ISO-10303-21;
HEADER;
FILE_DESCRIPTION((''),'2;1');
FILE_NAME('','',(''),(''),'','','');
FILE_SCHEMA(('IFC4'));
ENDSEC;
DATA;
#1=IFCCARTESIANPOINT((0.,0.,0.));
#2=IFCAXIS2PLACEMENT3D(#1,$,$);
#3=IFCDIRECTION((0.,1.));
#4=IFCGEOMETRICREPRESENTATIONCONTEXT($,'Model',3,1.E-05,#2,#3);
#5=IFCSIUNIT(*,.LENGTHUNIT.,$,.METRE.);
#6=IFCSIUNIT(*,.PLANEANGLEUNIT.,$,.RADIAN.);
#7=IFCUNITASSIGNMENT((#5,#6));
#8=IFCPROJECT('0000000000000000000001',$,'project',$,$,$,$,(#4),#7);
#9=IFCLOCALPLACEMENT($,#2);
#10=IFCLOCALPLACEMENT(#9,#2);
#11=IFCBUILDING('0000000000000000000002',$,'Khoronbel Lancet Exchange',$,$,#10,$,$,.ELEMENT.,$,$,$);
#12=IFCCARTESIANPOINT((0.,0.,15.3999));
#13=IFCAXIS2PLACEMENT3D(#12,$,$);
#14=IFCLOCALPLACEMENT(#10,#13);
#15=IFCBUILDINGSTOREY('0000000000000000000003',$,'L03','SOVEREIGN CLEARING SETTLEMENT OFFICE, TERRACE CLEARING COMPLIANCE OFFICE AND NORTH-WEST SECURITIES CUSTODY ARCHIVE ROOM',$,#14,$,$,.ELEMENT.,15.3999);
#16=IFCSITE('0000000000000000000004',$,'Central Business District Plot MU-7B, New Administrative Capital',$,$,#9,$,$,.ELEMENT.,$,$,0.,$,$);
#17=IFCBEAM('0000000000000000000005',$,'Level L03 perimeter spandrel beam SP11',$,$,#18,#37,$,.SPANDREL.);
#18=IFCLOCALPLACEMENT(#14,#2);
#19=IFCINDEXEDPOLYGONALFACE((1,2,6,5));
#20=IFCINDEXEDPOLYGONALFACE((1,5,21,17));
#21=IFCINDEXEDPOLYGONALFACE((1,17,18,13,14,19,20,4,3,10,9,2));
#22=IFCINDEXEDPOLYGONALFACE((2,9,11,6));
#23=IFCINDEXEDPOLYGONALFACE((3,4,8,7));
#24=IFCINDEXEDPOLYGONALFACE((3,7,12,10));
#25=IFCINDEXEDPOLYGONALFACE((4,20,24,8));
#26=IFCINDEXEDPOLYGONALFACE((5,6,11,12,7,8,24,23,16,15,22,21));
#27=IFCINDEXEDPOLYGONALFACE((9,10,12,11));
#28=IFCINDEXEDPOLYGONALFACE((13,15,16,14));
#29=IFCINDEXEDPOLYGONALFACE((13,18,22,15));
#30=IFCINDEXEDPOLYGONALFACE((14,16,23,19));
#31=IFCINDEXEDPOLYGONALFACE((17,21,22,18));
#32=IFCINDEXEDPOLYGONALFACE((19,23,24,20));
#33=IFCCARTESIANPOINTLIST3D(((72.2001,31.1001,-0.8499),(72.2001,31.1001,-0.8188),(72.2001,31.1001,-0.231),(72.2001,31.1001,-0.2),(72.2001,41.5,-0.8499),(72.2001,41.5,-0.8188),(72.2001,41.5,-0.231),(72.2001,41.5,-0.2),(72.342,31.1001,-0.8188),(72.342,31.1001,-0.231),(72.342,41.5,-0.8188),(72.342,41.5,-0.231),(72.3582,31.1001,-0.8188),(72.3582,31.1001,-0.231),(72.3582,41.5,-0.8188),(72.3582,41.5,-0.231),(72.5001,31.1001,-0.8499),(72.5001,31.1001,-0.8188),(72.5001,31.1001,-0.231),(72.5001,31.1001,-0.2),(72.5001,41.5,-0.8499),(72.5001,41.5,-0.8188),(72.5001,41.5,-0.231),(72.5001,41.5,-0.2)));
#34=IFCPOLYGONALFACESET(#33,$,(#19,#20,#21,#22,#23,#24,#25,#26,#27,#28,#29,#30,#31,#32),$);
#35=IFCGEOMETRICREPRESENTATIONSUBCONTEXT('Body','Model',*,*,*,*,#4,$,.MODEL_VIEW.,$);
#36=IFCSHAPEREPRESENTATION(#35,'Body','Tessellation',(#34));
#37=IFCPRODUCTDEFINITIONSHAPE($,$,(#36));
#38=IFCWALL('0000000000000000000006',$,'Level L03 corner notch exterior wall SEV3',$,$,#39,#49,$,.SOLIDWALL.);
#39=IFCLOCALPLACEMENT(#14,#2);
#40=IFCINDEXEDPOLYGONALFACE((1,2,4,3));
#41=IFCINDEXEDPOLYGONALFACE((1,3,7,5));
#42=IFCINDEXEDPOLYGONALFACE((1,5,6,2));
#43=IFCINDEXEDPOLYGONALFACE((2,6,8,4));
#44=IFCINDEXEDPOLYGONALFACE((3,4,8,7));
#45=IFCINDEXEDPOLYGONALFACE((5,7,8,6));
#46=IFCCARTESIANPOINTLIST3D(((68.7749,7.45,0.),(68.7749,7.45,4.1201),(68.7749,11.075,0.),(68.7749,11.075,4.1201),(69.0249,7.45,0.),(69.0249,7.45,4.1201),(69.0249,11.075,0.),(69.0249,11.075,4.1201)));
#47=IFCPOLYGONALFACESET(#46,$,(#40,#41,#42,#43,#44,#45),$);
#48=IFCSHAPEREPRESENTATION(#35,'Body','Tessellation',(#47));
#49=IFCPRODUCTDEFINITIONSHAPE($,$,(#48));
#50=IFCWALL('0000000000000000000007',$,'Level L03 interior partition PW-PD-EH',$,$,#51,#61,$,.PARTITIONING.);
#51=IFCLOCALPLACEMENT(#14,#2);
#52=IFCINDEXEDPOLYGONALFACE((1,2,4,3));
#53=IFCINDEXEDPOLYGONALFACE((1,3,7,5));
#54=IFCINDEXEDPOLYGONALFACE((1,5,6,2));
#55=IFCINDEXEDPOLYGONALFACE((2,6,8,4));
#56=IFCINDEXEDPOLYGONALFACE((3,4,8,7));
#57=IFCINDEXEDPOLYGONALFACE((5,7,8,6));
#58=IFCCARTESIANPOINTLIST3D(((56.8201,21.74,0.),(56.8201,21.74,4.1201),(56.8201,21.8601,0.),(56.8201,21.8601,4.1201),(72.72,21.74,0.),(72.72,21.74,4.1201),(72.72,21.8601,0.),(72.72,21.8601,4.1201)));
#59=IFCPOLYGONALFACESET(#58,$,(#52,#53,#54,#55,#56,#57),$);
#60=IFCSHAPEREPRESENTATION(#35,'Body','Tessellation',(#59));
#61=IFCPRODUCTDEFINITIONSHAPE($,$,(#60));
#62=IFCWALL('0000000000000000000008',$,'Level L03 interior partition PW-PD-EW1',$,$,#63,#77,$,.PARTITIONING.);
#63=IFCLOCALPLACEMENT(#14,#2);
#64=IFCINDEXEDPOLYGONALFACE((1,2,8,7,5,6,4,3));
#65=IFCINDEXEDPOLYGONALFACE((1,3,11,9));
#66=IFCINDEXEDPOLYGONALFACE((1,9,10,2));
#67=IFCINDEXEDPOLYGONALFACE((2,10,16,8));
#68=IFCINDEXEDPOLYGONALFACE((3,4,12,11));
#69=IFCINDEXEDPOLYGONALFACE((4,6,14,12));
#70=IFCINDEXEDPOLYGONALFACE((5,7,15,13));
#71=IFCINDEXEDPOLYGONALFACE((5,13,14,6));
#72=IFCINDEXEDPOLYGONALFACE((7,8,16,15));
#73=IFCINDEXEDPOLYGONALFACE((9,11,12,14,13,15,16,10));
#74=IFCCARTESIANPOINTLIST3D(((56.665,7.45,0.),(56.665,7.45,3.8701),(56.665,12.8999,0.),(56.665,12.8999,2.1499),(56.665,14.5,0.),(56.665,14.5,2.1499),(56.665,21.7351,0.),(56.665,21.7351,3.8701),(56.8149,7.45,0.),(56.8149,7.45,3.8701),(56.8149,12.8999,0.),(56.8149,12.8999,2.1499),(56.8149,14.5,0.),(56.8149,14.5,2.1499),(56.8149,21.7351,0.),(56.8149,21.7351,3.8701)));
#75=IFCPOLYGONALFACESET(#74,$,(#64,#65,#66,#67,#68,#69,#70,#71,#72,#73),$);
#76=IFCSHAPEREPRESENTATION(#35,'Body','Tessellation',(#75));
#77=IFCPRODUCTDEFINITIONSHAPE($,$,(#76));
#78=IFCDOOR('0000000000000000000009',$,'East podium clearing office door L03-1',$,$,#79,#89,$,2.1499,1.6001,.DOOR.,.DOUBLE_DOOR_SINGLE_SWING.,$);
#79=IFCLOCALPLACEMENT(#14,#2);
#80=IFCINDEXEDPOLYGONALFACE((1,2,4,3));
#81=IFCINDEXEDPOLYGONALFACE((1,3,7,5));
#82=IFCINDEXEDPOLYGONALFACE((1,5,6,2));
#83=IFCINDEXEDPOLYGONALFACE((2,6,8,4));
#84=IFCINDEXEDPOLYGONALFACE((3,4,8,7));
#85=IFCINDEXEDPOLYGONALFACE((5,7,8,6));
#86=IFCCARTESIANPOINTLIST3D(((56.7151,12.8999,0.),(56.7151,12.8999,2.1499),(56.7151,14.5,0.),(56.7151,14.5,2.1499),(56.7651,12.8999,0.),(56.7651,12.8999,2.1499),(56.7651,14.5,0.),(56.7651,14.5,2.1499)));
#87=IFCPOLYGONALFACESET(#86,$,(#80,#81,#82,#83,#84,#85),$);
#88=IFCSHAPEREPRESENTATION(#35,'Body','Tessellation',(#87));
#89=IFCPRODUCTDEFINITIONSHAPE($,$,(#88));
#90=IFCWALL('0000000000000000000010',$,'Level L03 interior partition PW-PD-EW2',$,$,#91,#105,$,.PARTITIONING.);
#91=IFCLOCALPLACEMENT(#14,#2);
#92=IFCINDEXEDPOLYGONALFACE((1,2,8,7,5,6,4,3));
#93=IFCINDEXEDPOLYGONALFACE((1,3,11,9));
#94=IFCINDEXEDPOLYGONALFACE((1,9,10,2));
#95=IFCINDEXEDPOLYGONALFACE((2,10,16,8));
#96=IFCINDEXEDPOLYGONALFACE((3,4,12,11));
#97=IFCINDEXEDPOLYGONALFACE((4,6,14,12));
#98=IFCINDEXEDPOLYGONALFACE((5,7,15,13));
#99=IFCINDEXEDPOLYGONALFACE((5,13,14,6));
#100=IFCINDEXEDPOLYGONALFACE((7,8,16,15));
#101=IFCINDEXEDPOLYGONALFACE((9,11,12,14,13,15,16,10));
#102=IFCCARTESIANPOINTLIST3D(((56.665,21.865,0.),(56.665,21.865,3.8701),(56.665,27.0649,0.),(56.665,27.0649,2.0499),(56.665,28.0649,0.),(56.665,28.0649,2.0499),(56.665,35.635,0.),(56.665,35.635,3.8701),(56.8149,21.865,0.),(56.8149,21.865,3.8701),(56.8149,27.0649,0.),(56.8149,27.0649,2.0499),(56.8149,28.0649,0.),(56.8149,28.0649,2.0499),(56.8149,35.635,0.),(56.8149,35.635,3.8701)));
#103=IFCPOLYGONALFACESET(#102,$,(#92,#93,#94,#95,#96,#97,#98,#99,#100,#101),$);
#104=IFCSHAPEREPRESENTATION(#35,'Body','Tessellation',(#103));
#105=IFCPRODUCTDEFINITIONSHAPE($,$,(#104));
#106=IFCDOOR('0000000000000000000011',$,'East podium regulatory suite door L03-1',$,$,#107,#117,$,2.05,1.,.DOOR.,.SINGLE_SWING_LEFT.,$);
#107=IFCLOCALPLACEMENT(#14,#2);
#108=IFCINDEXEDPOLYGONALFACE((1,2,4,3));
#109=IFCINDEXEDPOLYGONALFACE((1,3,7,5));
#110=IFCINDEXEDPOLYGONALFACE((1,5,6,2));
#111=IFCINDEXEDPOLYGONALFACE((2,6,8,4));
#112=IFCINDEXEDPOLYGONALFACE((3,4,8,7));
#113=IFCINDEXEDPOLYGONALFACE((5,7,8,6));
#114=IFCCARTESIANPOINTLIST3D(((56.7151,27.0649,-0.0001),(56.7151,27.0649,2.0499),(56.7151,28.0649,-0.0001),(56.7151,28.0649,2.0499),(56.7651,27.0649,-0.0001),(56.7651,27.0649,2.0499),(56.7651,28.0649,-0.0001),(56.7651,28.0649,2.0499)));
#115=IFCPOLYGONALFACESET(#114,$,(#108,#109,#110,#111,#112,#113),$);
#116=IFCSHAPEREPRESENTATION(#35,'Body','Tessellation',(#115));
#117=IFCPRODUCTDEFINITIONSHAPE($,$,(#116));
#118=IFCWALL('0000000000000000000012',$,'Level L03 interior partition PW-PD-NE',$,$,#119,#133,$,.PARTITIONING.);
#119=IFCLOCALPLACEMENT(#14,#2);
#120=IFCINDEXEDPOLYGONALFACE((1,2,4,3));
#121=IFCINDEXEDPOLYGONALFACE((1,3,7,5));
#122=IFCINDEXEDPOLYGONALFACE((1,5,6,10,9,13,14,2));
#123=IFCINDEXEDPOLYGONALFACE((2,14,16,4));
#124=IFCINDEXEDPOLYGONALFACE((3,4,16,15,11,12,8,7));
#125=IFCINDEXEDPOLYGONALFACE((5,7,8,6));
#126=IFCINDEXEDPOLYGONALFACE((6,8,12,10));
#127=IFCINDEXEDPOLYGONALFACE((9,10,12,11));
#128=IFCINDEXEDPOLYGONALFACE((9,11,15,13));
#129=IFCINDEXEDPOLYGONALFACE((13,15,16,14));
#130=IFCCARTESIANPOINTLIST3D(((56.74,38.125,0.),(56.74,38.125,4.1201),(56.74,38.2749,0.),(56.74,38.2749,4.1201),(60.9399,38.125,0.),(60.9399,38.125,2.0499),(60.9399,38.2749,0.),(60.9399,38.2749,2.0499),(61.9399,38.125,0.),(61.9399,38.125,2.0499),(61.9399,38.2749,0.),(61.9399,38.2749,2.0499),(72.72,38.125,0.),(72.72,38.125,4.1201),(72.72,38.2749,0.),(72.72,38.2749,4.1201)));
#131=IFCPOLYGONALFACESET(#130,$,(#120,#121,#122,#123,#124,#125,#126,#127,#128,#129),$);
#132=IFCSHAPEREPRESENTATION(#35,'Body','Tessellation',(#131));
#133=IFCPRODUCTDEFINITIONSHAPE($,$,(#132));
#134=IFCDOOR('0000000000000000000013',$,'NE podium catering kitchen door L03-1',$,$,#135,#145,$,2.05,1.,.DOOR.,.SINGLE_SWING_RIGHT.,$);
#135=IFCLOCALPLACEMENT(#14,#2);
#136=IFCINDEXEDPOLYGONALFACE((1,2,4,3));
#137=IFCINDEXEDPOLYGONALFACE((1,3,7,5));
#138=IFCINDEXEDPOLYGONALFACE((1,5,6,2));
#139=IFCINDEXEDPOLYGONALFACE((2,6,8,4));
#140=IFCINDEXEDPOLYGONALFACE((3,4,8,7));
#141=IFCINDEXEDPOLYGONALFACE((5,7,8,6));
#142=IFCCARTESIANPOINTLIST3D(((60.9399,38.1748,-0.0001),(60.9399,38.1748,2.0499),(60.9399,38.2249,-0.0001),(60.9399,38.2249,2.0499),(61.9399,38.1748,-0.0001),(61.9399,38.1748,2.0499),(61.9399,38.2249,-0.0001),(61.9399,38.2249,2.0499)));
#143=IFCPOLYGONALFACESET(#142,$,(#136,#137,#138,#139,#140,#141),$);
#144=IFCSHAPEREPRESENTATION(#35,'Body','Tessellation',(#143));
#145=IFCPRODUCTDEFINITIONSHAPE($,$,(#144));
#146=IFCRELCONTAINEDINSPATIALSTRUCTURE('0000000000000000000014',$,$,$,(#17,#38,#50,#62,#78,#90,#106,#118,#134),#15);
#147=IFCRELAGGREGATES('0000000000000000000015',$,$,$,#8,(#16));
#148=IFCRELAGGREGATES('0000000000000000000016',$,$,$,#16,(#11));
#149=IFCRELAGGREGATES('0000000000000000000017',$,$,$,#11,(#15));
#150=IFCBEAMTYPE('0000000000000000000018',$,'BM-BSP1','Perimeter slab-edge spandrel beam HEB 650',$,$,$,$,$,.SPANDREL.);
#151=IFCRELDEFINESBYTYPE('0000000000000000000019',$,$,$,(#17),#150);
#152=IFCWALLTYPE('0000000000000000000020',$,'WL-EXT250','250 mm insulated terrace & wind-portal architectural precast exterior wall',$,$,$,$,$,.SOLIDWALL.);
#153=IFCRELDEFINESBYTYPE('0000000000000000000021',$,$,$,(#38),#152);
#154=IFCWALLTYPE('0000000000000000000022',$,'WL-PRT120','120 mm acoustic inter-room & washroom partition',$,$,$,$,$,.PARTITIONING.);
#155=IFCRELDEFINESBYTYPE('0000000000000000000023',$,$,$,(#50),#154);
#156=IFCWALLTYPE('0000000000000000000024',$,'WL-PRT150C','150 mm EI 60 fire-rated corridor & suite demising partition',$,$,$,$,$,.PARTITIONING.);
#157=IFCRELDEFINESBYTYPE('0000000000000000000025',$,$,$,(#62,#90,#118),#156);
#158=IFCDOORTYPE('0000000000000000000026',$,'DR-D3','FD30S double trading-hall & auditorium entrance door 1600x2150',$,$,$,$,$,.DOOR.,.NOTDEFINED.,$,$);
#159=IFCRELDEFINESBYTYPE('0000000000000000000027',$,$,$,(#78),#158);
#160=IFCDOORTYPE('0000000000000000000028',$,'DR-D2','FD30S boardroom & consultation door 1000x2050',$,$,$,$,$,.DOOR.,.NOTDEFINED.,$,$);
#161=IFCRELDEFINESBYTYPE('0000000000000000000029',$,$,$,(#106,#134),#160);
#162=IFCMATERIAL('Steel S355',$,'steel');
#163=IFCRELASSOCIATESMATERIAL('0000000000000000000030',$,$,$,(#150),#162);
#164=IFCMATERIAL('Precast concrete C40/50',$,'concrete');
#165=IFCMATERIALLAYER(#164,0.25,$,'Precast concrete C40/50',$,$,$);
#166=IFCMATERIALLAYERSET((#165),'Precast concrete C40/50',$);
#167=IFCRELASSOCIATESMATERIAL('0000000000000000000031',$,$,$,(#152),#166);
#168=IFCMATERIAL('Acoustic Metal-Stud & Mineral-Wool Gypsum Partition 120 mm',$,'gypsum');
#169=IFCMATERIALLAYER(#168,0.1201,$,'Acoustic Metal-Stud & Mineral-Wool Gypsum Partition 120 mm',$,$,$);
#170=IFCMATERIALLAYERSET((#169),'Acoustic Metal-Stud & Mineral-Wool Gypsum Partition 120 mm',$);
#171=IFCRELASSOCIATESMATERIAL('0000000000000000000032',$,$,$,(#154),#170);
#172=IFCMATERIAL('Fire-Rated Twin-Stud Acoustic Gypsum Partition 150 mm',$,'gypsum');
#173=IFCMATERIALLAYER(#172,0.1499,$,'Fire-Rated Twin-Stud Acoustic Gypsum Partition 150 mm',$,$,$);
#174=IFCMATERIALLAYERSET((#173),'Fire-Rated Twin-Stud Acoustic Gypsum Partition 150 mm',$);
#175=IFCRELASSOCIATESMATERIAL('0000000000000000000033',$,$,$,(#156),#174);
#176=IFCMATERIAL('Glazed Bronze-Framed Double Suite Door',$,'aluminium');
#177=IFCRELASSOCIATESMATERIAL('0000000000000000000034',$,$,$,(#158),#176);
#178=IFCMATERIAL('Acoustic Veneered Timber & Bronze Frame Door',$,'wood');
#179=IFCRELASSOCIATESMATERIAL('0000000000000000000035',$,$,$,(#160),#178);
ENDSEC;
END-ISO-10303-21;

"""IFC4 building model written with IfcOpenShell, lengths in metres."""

from ifc_helpers import new_model, si_unit, direction, frame, frame_2d, origin, origin_2d, place, context, subcontext, project, spatial, rectangle, i_section, extrude, material, layer, layer_set, material_profile, profile_set, type_object, element, fill, save


model = new_model("IFC4")

# Units and contexts
model_context = context("Model", 3, precision=1e-05, world=origin(), true_north=direction((0.0, 1.0)))
body_context = subcontext(model_context, "Body", "Model", "MODEL_VIEW")
ifc_project = project(units=[si_unit("LENGTHUNIT", "METRE"), si_unit("PLANEANGLEUNIT", "RADIAN")], contexts=[model_context])

# Site, building, storey
site_placement = place(None, origin())
site = spatial("IfcSite", under=ifc_project, at=site_placement, Name="Central Business District Plot MU-7B, New Administrative Capital", CompositionType="ELEMENT", RefElevation=0.0)
building_placement = place(site_placement, origin())
building = spatial("IfcBuilding", under=site, at=building_placement, Name="Khoronbel Lancet Exchange", CompositionType="ELEMENT")
storey_placement = place(building_placement, frame((0.0, 0.0, 15.3999)))
storey = spatial("IfcBuildingStorey", under=building, at=storey_placement, Name="L03", Description="SOVEREIGN CLEARING SETTLEMENT OFFICE, TERRACE CLEARING COMPLIANCE OFFICE AND NORTH-WEST SECURITIES CUSTODY ARCHIVE ROOM", CompositionType="ELEMENT", Elevation=15.3999)

# Shared definitions
ifc_material_1 = material(Name="Steel S355", Category="steel")

# Beam
ifc_material_profile_1 = material_profile(ifc_material_1, i_section(OverallWidth=0.3, OverallDepth=0.6499, WebThickness=0.0161, FlangeThickness=0.031, at=origin_2d()), Name="HEB 650")
ifc_profile_set_1 = profile_set([ifc_material_profile_1], Name="Steel S355")
beam_type_1 = type_object("IfcBeamType", Name="BM-BSP1", Description="Perimeter slab-edge spandrel beam HEB 650", PredefinedType="SPANDREL", material=ifc_profile_set_1)
beam_1_placement = place(storey_placement, frame((72.3501, 31.1001, -0.5249), z_axis=(0.0, 1.0, 0.0), x_axis=(-1.0, 0.0, 0.0)))
element("IfcBeam", 1, at=beam_1_placement, inside=storey, type_object=beam_type_1, Name="Level L03 perimeter spandrel beam SP11", PredefinedType="SPANDREL", context=body_context, shape_type="SweptSolid", body=[
    extrude(i_section(OverallWidth=0.3, OverallDepth=0.6499, WebThickness=0.0161, FlangeThickness=0.031, at=origin_2d()), origin(), (0.0, 0.0, 1.0), 10.3999),
])

# Walls
ifc_material_2 = material(Name="Precast concrete C40/50", Category="concrete")
ifc_layer_1 = layer(ifc_material_2, 0.25, Name="Precast concrete C40/50")
ifc_layer_set_1 = layer_set([ifc_layer_1], Name="Precast concrete C40/50")
wall_type_1 = type_object("IfcWallType", Name="WL-EXT250", Description="250 mm insulated terrace & wind-portal architectural precast exterior wall", PredefinedType="SOLIDWALL", material=ifc_layer_set_1)
wall_1_placement = place(storey_placement, frame((68.8999, 11.075, 0.0), z_axis=(0.0, 0.0, 1.0), x_axis=(0.0, -1.0, 0.0)))
element("IfcWall", 2, at=wall_1_placement, inside=storey, type_object=wall_type_1, Name="Level L03 corner notch exterior wall SEV3", PredefinedType="SOLIDWALL", context=body_context, shape_type="SweptSolid", body=[
    extrude(rectangle(XDim=3.625, YDim=0.25, at=frame_2d((1.8125, 0.0))), origin(), (0.0, 0.0, 1.0), 4.1201),
])
ifc_material_3 = material(Name="Acoustic Metal-Stud & Mineral-Wool Gypsum Partition 120 mm", Category="gypsum")
ifc_layer_2 = layer(ifc_material_3, 0.1201, Name="Acoustic Metal-Stud & Mineral-Wool Gypsum Partition 120 mm")
ifc_layer_set_2 = layer_set([ifc_layer_2], Name="Acoustic Metal-Stud & Mineral-Wool Gypsum Partition 120 mm")
wall_type_2 = type_object("IfcWallType", Name="WL-PRT120", Description="120 mm acoustic inter-room & washroom partition", PredefinedType="PARTITIONING", material=ifc_layer_set_2)
wall_2_placement = place(storey_placement, frame((56.8201, 21.8, 0.0), z_axis=(0.0, 0.0, 1.0), x_axis=(1.0, 0.0, 0.0)))
element("IfcWall", 3, at=wall_2_placement, inside=storey, type_object=wall_type_2, Name="Level L03 interior partition PW-PD-EH", PredefinedType="PARTITIONING", context=body_context, shape_type="SweptSolid", body=[
    extrude(rectangle(XDim=15.8999, YDim=0.1201, at=frame_2d((7.95, 0.0))), origin(), (0.0, 0.0, 1.0), 4.1201),
])

# Walls, openings, doors
ifc_material_4 = material(Name="Fire-Rated Twin-Stud Acoustic Gypsum Partition 150 mm", Category="gypsum")
ifc_layer_3 = layer(ifc_material_4, 0.1499, Name="Fire-Rated Twin-Stud Acoustic Gypsum Partition 150 mm")
ifc_layer_set_3 = layer_set([ifc_layer_3], Name="Fire-Rated Twin-Stud Acoustic Gypsum Partition 150 mm")
wall_type_3 = type_object("IfcWallType", Name="WL-PRT150C", Description="150 mm EI 60 fire-rated corridor & suite demising partition", PredefinedType="PARTITIONING", material=ifc_layer_set_3)
wall_3_placement = place(storey_placement, frame((56.74, 7.45, 0.0), z_axis=(0.0, 0.0, 1.0), x_axis=(0.0, 1.0, 0.0)))
wall_3 = element("IfcWall", 4, at=wall_3_placement, inside=storey, type_object=wall_type_3, Name="Level L03 interior partition PW-PD-EW1", PredefinedType="PARTITIONING", context=body_context, shape_type="SweptSolid", body=[
    extrude(rectangle(XDim=14.2852, YDim=0.1499, at=frame_2d((7.1426, 0.0))), origin(), (0.0, 0.0, 1.0), 3.8701),
])
opening_1_placement = place(wall_3_placement, frame((5.45, 0.0, 0.0)))
opening_1 = element("IfcOpeningElement", 5, at=opening_1_placement, cuts=wall_3, PredefinedType="OPENING", context=body_context, shape_type="SweptSolid", body=[
    extrude(rectangle(XDim=1.6001, YDim=2.1499, at=frame_2d((0.8, 1.075))), frame((0.0, 0.085, 0.0), z_axis=(0.0, -1.0, 0.0), x_axis=(1.0, 0.0, 0.0)), (0.0, 0.0, 1.0), 0.1699),
])
ifc_material_5 = material(Name="Glazed Bronze-Framed Double Suite Door", Category="aluminium")
door_type_1 = type_object("IfcDoorType", Name="DR-D3", Description="FD30S double trading-hall & auditorium entrance door 1600x2150", OperationType="NOTDEFINED", PredefinedType="DOOR", material=ifc_material_5)
door_1_placement = place(opening_1_placement, origin())
door_1 = element("IfcDoor", 6, at=door_1_placement, inside=storey, type_object=door_type_1, Name="East podium clearing office door L03-1", OperationType="DOUBLE_DOOR_SINGLE_SWING", OverallHeight=2.1499, OverallWidth=1.6001, PredefinedType="DOOR", context=body_context, shape_type="SweptSolid", body=[
    extrude(rectangle(XDim=1.6001, YDim=2.1499, at=frame_2d((0.8, 1.075))), frame((0.0, 0.0249, 0.0), z_axis=(0.0, -1.0, 0.0), x_axis=(1.0, 0.0, 0.0)), (0.0, 0.0, 1.0), 0.05),
])
fill(opening_1, door_1)
wall_4_placement = place(storey_placement, frame((56.74, 21.865, 0.0), z_axis=(0.0, 0.0, 1.0), x_axis=(0.0, 1.0, 0.0)))
wall_4 = element("IfcWall", 7, at=wall_4_placement, inside=storey, type_object=wall_type_3, Name="Level L03 interior partition PW-PD-EW2", PredefinedType="PARTITIONING", context=body_context, shape_type="SweptSolid", body=[
    extrude(rectangle(XDim=13.77, YDim=0.1499, at=frame_2d((6.885, 0.0))), origin(), (0.0, 0.0, 1.0), 3.8701),
])
opening_2_placement = place(wall_4_placement, frame((5.2, 0.0, 0.0)))
opening_2 = element("IfcOpeningElement", 8, at=opening_2_placement, cuts=wall_4, PredefinedType="OPENING", context=body_context, shape_type="SweptSolid", body=[
    extrude(rectangle(XDim=1.0, YDim=2.05, at=frame_2d((0.5, 1.0249))), frame((0.0, 0.085, 0.0), z_axis=(0.0, -1.0, 0.0), x_axis=(1.0, 0.0, 0.0)), (0.0, 0.0, 1.0), 0.1699),
])
ifc_material_6 = material(Name="Acoustic Veneered Timber & Bronze Frame Door", Category="wood")
door_type_2 = type_object("IfcDoorType", Name="DR-D2", Description="FD30S boardroom & consultation door 1000x2050", OperationType="NOTDEFINED", PredefinedType="DOOR", material=ifc_material_6)
door_2_placement = place(opening_2_placement, origin())
door_2 = element("IfcDoor", 9, at=door_2_placement, inside=storey, type_object=door_type_2, Name="East podium regulatory suite door L03-1", OperationType="SINGLE_SWING_LEFT", OverallHeight=2.05, OverallWidth=1.0, PredefinedType="DOOR", context=body_context, shape_type="SweptSolid", body=[
    extrude(rectangle(XDim=1.0, YDim=2.05, at=frame_2d((0.5, 1.0249))), frame((0.0, 0.0249, 0.0), z_axis=(0.0, -1.0, 0.0), x_axis=(1.0, 0.0, 0.0)), (0.0, 0.0, 1.0), 0.05),
])
fill(opening_2, door_2)
wall_5_placement = place(storey_placement, frame((56.74, 38.2, 0.0), z_axis=(0.0, 0.0, 1.0), x_axis=(1.0, 0.0, 0.0)))
wall_5 = element("IfcWall", 10, at=wall_5_placement, inside=storey, type_object=wall_type_3, Name="Level L03 interior partition PW-PD-NE", PredefinedType="PARTITIONING", context=body_context, shape_type="SweptSolid", body=[
    extrude(rectangle(XDim=15.98, YDim=0.1499, at=frame_2d((7.99, 0.0))), origin(), (0.0, 0.0, 1.0), 4.1201),
])
opening_3_placement = place(wall_5_placement, frame((4.2, 0.0, 0.0)))
opening_3 = element("IfcOpeningElement", 11, at=opening_3_placement, cuts=wall_5, PredefinedType="OPENING", context=body_context, shape_type="SweptSolid", body=[
    extrude(rectangle(XDim=1.0, YDim=2.05, at=frame_2d((0.5, 1.0249))), frame((0.0, 0.085, 0.0), z_axis=(0.0, -1.0, 0.0), x_axis=(1.0, 0.0, 0.0)), (0.0, 0.0, 1.0), 0.1699),
])
door_3_placement = place(opening_3_placement, origin())
door_3 = element("IfcDoor", 12, at=door_3_placement, inside=storey, type_object=door_type_2, Name="NE podium catering kitchen door L03-1", OperationType="SINGLE_SWING_RIGHT", OverallHeight=2.05, OverallWidth=1.0, PredefinedType="DOOR", context=body_context, shape_type="SweptSolid", body=[
    extrude(rectangle(XDim=1.0, YDim=2.05, at=frame_2d((0.5, 1.0249))), frame((0.0, 0.0249, 0.0), z_axis=(0.0, -1.0, 0.0), x_axis=(1.0, 0.0, 0.0)), (0.0, 0.0, 1.0), 0.05),
])
fill(opening_3, door_3)

save(model, "model.ifc")
